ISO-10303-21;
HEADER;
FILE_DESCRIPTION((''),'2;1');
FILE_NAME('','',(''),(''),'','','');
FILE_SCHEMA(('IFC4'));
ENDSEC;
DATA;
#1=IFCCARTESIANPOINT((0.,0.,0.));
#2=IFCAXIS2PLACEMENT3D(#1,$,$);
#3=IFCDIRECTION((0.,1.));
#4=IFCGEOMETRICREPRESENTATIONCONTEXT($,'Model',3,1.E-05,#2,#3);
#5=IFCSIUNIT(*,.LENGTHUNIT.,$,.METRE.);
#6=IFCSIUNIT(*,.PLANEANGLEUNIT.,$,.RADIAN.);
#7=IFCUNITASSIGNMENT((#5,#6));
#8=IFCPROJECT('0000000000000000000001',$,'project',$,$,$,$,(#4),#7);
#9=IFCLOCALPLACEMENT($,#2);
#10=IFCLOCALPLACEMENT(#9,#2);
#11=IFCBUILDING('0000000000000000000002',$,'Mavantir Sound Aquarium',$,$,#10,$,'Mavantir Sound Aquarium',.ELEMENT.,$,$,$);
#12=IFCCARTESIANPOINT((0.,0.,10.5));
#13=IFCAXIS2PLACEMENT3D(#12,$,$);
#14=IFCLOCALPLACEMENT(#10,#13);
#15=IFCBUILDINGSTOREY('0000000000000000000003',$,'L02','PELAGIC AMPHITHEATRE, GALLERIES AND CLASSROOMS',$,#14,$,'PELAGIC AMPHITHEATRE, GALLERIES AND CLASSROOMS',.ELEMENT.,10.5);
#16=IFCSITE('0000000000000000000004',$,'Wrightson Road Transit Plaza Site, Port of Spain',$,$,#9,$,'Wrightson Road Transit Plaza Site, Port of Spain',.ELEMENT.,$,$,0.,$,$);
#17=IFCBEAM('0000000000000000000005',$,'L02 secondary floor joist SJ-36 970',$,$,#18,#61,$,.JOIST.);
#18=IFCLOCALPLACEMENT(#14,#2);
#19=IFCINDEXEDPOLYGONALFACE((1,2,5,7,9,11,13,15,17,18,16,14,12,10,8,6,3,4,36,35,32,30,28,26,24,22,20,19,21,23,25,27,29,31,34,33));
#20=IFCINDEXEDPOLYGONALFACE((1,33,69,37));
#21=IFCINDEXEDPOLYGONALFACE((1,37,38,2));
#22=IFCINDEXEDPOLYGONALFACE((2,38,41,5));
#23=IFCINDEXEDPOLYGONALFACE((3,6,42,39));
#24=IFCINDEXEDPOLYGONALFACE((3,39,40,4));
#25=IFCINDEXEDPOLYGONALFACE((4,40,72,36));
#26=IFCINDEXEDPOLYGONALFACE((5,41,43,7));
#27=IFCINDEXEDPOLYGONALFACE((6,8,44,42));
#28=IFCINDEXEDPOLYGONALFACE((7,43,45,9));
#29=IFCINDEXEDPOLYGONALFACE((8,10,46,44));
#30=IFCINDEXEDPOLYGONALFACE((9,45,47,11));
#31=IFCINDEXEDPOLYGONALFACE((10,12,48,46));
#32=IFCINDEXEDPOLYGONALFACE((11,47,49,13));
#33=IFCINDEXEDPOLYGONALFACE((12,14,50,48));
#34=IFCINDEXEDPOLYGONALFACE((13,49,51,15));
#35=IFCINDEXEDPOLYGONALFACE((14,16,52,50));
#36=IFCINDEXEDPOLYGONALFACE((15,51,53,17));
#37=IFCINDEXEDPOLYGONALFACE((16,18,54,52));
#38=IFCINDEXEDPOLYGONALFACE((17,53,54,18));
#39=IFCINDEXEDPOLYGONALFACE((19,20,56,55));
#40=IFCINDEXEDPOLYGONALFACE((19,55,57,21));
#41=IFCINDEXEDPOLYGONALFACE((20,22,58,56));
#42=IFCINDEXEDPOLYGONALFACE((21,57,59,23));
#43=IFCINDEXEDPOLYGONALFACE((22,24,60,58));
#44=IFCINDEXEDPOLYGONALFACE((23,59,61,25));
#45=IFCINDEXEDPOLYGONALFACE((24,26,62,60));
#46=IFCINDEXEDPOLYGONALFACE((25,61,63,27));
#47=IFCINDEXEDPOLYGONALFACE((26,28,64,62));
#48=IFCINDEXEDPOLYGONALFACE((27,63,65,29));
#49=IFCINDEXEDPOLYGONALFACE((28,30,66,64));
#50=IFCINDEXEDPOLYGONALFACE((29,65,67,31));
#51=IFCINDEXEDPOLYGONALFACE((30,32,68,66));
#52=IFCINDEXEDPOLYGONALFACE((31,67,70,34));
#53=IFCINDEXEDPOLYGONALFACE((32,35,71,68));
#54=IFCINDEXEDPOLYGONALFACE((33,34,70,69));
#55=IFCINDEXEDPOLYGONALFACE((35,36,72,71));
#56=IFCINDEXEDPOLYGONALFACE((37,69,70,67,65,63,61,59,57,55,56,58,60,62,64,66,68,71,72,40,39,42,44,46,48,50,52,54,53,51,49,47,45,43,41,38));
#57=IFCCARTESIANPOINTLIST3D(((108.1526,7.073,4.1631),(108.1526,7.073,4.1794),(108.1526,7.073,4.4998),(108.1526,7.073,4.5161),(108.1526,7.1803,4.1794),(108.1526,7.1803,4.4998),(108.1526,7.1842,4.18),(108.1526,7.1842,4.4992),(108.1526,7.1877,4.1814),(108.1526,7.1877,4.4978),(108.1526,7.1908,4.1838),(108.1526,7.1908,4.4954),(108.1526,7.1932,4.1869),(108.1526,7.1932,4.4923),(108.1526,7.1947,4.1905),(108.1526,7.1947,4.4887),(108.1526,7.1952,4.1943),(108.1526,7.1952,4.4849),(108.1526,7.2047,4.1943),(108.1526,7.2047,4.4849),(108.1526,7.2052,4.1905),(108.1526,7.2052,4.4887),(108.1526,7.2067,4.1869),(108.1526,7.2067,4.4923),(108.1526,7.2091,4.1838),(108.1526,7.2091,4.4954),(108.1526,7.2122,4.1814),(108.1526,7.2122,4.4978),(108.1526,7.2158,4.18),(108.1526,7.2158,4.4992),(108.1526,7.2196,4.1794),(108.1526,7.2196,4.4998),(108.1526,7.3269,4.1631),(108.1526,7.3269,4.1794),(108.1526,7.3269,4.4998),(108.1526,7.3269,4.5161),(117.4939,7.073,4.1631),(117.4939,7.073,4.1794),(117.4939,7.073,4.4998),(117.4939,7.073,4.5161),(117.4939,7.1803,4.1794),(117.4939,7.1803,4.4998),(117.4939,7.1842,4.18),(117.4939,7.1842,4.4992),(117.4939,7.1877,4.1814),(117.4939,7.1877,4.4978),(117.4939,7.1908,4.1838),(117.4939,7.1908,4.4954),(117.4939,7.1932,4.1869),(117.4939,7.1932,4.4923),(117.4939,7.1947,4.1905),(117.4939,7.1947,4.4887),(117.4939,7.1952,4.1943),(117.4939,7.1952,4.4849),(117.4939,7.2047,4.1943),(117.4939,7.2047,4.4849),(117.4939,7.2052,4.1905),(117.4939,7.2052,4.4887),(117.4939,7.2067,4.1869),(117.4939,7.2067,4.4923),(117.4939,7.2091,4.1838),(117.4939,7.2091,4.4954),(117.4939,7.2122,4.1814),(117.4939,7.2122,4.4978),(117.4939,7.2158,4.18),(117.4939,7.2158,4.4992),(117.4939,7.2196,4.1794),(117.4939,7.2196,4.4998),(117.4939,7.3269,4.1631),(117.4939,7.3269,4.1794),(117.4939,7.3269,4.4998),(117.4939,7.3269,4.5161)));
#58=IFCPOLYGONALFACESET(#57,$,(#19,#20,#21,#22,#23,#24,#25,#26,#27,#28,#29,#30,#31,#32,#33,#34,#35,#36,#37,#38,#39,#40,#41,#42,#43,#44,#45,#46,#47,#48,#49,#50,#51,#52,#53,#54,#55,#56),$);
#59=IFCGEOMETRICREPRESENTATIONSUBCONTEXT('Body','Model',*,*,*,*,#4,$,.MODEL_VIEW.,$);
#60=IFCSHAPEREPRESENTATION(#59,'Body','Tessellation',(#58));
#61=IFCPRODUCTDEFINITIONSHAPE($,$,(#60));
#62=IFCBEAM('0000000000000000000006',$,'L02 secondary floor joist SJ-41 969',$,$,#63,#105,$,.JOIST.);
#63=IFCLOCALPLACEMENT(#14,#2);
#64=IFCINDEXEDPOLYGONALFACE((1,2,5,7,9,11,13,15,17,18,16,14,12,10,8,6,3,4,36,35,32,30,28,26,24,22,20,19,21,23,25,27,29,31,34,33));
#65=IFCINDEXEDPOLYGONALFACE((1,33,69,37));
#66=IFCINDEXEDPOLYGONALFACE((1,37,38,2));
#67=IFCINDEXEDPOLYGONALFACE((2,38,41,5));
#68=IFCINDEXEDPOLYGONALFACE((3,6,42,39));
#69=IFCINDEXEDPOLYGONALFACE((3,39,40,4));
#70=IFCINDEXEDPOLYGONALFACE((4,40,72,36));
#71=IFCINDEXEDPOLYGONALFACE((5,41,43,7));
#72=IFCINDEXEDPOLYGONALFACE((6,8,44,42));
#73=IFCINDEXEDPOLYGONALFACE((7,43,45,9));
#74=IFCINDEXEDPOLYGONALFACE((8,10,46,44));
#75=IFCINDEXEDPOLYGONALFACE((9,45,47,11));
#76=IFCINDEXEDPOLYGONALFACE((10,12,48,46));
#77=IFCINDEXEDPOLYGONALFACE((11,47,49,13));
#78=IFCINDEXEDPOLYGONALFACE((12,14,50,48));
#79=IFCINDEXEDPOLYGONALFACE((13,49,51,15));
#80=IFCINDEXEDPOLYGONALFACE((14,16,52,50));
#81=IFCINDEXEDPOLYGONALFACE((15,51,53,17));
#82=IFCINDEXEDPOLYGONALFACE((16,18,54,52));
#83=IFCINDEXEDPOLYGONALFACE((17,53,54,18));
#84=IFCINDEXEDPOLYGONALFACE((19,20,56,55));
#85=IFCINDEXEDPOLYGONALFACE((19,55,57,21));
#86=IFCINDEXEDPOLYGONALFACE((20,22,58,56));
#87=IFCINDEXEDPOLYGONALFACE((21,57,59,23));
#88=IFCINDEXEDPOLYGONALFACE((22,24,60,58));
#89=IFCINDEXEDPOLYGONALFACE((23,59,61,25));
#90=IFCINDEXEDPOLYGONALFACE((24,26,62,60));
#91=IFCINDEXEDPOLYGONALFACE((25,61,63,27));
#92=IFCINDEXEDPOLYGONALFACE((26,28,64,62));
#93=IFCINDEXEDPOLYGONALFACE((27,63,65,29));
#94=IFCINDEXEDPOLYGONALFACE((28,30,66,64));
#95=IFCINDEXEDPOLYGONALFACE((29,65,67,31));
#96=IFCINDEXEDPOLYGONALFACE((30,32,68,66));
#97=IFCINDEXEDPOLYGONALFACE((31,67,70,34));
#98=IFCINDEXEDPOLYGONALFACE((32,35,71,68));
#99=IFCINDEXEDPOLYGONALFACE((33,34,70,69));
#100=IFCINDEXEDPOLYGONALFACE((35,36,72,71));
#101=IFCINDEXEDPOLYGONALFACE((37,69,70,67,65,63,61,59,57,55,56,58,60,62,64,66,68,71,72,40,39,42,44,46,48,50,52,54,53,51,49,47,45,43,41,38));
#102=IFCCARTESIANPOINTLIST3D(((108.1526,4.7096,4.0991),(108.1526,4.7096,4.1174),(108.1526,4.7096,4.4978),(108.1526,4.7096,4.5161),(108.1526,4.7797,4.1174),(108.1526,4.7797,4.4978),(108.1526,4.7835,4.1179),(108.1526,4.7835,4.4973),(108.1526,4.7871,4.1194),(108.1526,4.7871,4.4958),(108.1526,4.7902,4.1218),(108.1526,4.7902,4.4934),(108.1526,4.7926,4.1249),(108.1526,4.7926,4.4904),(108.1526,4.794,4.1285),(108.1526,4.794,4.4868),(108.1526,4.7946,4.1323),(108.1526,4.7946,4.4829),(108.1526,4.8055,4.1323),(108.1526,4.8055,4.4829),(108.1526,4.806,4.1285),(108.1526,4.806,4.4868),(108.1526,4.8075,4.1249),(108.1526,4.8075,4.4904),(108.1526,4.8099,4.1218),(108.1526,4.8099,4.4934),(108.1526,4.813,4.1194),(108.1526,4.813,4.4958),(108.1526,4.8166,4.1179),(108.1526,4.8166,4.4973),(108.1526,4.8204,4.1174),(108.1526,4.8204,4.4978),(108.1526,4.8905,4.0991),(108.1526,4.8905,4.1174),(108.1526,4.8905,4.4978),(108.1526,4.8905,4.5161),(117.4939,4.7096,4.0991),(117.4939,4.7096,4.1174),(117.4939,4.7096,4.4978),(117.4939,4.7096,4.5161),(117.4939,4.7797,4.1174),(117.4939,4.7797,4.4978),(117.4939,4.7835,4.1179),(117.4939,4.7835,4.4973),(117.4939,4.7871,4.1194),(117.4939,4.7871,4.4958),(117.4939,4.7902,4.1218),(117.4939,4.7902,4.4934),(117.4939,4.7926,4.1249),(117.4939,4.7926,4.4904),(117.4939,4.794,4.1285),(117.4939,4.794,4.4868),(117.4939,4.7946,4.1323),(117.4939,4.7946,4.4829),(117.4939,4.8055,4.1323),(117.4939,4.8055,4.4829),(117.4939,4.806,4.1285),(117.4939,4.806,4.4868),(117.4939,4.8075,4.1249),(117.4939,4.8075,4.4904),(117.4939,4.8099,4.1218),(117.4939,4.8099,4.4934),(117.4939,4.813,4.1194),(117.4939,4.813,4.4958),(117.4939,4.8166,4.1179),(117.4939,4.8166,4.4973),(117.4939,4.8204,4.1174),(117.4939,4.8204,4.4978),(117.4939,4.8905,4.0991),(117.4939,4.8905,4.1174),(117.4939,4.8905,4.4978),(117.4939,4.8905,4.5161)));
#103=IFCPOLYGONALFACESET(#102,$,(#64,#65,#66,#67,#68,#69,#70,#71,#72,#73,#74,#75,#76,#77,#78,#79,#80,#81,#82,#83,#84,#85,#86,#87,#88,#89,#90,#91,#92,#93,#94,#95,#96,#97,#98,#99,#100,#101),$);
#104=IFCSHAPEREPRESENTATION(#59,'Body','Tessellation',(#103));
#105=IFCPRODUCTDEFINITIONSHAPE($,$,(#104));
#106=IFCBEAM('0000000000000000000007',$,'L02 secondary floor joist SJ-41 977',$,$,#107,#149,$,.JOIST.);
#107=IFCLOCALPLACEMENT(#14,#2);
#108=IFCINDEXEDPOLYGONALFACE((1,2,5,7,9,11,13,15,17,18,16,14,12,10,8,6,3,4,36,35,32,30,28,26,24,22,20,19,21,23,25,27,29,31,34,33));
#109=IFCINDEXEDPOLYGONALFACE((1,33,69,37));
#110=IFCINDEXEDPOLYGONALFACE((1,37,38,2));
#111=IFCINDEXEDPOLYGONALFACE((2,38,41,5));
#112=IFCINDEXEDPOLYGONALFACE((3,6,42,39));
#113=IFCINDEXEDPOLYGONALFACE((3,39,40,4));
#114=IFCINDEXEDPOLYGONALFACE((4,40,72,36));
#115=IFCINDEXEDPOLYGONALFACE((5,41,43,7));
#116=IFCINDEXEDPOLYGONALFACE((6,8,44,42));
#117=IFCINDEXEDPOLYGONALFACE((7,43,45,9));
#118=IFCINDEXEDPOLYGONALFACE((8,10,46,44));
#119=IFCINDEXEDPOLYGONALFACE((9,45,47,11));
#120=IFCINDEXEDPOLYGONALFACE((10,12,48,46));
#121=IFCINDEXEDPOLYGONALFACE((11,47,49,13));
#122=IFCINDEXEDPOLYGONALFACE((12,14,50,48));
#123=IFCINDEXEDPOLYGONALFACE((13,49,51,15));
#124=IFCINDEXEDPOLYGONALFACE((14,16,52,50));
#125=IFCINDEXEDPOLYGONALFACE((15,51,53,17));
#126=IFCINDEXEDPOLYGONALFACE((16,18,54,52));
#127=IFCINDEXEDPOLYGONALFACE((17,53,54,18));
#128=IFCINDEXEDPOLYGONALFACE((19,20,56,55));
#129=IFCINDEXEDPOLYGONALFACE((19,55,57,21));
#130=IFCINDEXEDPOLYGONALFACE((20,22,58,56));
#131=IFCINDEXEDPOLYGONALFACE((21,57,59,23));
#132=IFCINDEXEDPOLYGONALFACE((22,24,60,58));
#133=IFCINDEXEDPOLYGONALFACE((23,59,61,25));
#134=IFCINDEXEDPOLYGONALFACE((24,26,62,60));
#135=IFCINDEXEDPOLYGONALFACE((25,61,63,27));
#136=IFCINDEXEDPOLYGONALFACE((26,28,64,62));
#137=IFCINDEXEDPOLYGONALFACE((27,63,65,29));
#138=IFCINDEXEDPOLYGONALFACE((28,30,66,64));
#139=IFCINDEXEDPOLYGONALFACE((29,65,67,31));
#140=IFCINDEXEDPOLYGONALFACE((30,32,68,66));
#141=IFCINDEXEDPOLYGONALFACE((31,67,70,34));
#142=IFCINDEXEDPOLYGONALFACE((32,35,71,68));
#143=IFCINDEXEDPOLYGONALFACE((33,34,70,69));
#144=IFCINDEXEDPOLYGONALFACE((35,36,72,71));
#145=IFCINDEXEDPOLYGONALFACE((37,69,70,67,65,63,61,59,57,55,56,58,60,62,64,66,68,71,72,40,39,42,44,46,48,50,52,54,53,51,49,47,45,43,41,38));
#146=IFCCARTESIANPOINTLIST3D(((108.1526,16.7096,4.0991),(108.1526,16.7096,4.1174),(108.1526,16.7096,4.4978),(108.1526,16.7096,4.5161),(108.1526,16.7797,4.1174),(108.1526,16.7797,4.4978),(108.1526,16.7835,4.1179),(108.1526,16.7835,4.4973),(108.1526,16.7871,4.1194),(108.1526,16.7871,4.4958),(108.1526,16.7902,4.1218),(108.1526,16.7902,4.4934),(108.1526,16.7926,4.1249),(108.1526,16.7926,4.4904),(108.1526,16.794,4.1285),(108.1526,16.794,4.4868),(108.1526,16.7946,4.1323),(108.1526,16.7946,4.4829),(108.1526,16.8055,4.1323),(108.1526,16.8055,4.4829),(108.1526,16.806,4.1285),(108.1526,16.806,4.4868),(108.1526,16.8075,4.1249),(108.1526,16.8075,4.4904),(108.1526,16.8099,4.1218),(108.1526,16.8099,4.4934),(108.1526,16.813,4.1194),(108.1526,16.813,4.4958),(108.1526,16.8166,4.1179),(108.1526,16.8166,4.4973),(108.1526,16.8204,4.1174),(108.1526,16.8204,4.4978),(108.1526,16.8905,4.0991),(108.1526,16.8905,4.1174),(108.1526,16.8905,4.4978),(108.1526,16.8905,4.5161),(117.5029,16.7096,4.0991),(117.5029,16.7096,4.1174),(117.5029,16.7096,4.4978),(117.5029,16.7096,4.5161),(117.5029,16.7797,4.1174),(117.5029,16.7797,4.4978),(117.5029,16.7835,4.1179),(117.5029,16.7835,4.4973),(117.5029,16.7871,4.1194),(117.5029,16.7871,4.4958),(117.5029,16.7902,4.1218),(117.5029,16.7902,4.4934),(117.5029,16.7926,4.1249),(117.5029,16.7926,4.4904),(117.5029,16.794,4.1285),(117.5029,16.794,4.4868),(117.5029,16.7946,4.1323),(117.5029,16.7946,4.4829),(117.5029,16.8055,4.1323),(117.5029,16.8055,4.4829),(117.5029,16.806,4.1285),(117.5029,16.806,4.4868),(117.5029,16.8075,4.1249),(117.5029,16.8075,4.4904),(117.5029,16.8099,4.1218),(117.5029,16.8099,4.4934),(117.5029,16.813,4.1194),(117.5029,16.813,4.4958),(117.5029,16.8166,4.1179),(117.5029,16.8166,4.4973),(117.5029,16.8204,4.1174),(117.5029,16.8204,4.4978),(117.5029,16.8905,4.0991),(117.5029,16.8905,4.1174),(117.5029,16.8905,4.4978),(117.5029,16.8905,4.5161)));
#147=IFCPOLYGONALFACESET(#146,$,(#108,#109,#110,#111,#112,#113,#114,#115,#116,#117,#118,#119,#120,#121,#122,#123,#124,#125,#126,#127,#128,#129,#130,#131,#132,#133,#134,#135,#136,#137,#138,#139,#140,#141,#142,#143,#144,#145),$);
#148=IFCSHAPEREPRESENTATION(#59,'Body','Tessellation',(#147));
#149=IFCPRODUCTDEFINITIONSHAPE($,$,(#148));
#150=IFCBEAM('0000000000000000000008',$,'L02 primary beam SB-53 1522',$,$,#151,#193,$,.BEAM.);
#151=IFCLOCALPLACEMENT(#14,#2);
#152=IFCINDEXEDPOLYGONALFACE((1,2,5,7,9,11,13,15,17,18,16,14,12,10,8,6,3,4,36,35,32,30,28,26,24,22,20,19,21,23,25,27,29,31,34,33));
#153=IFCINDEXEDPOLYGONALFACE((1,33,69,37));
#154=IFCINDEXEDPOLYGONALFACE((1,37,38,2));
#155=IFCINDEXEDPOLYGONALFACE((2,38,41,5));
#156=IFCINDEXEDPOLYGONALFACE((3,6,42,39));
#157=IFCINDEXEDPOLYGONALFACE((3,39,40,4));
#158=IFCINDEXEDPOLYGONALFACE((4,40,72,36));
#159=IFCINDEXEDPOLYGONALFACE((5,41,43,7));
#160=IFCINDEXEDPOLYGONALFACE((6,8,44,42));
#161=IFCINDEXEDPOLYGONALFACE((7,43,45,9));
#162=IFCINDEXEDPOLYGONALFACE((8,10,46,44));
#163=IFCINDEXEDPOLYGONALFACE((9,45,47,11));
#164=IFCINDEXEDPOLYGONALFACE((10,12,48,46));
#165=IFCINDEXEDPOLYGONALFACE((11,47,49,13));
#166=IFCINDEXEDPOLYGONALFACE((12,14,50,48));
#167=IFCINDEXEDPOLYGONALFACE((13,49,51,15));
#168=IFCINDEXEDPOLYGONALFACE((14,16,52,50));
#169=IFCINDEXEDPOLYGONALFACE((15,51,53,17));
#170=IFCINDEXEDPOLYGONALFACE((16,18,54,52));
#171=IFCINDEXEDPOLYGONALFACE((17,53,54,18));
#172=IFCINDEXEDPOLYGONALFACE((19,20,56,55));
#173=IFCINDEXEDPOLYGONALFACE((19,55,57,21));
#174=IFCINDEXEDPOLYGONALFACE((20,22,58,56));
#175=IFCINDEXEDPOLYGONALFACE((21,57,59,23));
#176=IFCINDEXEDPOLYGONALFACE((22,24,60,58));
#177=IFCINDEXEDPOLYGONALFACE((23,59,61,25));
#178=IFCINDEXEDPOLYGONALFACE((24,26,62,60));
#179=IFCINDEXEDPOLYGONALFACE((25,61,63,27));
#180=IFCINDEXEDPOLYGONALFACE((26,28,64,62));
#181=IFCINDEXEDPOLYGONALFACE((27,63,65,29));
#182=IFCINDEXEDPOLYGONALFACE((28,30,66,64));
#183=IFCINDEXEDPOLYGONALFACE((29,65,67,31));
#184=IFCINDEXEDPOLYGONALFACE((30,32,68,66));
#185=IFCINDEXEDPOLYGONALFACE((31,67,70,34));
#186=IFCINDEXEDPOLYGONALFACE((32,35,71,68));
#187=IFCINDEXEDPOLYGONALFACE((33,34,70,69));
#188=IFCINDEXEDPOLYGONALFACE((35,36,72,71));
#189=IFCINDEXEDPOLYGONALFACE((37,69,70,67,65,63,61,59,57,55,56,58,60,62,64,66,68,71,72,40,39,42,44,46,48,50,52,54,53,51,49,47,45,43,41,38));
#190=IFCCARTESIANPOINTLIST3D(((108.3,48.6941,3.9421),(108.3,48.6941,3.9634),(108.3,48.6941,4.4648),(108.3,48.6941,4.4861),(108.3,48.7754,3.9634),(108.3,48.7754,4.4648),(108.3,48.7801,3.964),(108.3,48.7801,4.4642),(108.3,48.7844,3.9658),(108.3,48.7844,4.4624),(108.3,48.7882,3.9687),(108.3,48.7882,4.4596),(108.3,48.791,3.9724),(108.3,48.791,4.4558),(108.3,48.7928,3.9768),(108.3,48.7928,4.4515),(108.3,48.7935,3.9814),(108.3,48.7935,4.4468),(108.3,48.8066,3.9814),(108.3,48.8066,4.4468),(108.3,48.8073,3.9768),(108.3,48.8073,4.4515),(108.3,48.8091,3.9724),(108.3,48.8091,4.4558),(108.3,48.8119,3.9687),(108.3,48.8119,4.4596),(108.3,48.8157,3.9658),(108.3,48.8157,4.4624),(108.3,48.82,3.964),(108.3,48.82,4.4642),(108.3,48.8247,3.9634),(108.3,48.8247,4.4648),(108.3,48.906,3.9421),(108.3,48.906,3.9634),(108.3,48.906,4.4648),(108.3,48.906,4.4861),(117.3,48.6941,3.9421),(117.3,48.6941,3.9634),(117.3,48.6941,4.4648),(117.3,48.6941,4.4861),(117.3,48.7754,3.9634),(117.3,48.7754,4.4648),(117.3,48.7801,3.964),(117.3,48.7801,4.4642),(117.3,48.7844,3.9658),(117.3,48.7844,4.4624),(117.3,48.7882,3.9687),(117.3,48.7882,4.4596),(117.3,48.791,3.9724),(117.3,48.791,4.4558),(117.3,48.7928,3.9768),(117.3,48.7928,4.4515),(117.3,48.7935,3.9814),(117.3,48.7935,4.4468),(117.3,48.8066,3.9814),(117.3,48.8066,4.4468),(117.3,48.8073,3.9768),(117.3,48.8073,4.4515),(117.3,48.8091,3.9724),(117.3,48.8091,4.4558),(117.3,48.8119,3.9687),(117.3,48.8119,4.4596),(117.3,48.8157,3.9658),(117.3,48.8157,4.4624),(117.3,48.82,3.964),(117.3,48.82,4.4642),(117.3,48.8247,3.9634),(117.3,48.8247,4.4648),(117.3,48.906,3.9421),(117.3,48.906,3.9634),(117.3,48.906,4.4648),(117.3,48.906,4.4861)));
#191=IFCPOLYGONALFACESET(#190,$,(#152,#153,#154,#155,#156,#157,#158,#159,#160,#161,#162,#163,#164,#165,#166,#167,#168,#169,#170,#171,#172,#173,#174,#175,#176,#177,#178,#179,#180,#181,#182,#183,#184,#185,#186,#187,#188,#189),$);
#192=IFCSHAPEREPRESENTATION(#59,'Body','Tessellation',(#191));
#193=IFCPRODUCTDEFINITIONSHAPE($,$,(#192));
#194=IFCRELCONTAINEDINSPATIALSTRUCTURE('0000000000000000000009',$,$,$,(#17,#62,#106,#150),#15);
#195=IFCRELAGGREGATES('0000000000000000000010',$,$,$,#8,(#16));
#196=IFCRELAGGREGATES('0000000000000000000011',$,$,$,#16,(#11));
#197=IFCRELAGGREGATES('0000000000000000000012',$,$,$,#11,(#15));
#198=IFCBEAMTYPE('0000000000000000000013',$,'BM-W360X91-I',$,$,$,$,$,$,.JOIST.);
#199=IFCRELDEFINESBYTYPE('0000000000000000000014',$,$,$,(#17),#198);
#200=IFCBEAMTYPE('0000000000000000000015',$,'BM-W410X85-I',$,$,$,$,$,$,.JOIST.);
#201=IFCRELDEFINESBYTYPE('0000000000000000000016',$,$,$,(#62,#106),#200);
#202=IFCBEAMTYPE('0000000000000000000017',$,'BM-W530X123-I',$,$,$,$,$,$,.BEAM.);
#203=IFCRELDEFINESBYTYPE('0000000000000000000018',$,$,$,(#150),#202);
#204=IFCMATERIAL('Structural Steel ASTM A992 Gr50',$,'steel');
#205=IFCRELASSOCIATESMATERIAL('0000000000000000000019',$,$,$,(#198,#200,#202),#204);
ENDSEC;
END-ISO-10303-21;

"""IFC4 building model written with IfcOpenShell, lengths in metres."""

from ifc_helpers import new_model, si_unit, direction, frame, origin, origin_2d, place, context, subcontext, project, spatial, i_section, extrude, material, material_profile, profile_set, type_object, element, save


model = new_model("IFC4")

# Units and contexts
model_context = context("Model", 3, precision=1e-05, world=origin(), true_north=direction((0.0, 1.0)))
body_context = subcontext(model_context, "Body", "Model", "MODEL_VIEW")
ifc_project = project(units=[si_unit("LENGTHUNIT", "METRE"), si_unit("PLANEANGLEUNIT", "RADIAN")], contexts=[model_context])

# Site, building, storey
site_placement = place(None, origin())
site = spatial("IfcSite", under=ifc_project, at=site_placement, Name="Wrightson Road Transit Plaza Site, Port of Spain", LongName="Wrightson Road Transit Plaza Site, Port of Spain", CompositionType="ELEMENT", RefElevation=0.0)
building_placement = place(site_placement, origin())
building = spatial("IfcBuilding", under=site, at=building_placement, Name="Mavantir Sound Aquarium", LongName="Mavantir Sound Aquarium", CompositionType="ELEMENT")
storey_placement = place(building_placement, frame((0.0, 0.0, 10.5)))
storey = spatial("IfcBuildingStorey", under=building, at=storey_placement, Name="L02", Description="PELAGIC AMPHITHEATRE, GALLERIES AND CLASSROOMS", LongName="PELAGIC AMPHITHEATRE, GALLERIES AND CLASSROOMS", CompositionType="ELEMENT", Elevation=10.5)

# Beams
ifc_material_1 = material(Name="Structural Steel ASTM A992 Gr50", Category="steel")
ifc_material_profile_1 = material_profile(ifc_material_1, i_section(OverallWidth=0.2539, OverallDepth=0.353, WebThickness=0.0095, FlangeThickness=0.0164, FilletRadius=0.0149, at=origin_2d()), Name="W360X91")
ifc_profile_set_1 = profile_set([ifc_material_profile_1], Name="Structural Steel ASTM A992 Gr50")
beam_type_1 = type_object("IfcBeamType", Name="BM-W360X91-I", PredefinedType="JOIST", material=ifc_profile_set_1)
beam_1_placement = place(storey_placement, frame((108.1526, 7.2, 4.3396), z_axis=(1.0, 0.0, 0.0), x_axis=(0.0, 1.0, 0.0)))
element("IfcBeam", 1, at=beam_1_placement, inside=storey, type_object=beam_type_1, Name="L02 secondary floor joist SJ-36 970", PredefinedType="JOIST", context=body_context, shape_type="SweptSolid", body=[
    extrude(i_section(OverallWidth=0.2539, OverallDepth=0.353, WebThickness=0.0095, FlangeThickness=0.0164, FilletRadius=0.0149, at=origin_2d()), origin(), (0.0, 0.0, 1.0), 9.3413),
])
ifc_material_profile_2 = material_profile(ifc_material_1, i_section(OverallWidth=0.1809, OverallDepth=0.417, WebThickness=0.011, FlangeThickness=0.0183, FilletRadius=0.0149, at=origin_2d()), Name="W410X85")
ifc_profile_set_2 = profile_set([ifc_material_profile_2], Name="Structural Steel ASTM A992 Gr50")
beam_type_2 = type_object("IfcBeamType", Name="BM-W410X85-I", PredefinedType="JOIST", material=ifc_profile_set_2)
beam_2_placement = place(storey_placement, frame((108.1526, 4.8, 4.3076), z_axis=(1.0, 0.0, 0.0), x_axis=(0.0, 1.0, 0.0)))
element("IfcBeam", 2, at=beam_2_placement, inside=storey, type_object=beam_type_2, Name="L02 secondary floor joist SJ-41 969", PredefinedType="JOIST", context=body_context, shape_type="SweptSolid", body=[
    extrude(i_section(OverallWidth=0.1809, OverallDepth=0.417, WebThickness=0.011, FlangeThickness=0.0183, FilletRadius=0.0149, at=origin_2d()), origin(), (0.0, 0.0, 1.0), 9.3413),
])
beam_3_placement = place(storey_placement, frame((108.1526, 16.8, 4.3076), z_axis=(1.0, 0.0, 0.0), x_axis=(0.0, 1.0, 0.0)))
element("IfcBeam", 3, at=beam_3_placement, inside=storey, type_object=beam_type_2, Name="L02 secondary floor joist SJ-41 977", PredefinedType="JOIST", context=body_context, shape_type="SweptSolid", body=[
    extrude(i_section(OverallWidth=0.1809, OverallDepth=0.417, WebThickness=0.011, FlangeThickness=0.0183, FilletRadius=0.0149, at=origin_2d()), origin(), (0.0, 0.0, 1.0), 9.3503),
])
ifc_material_profile_3 = material_profile(ifc_material_1, i_section(OverallWidth=0.2119, OverallDepth=0.5439, WebThickness=0.0132, FlangeThickness=0.0212, FilletRadius=0.0181, at=origin_2d()), Name="W530X123")
ifc_profile_set_3 = profile_set([ifc_material_profile_3], Name="Structural Steel ASTM A992 Gr50")
beam_type_3 = type_object("IfcBeamType", Name="BM-W530X123-I", PredefinedType="BEAM", material=ifc_profile_set_3)
beam_4_placement = place(storey_placement, frame((108.3, 48.8, 4.2141), z_axis=(1.0, 0.0, 0.0), x_axis=(0.0, 1.0, 0.0)))
element("IfcBeam", 4, at=beam_4_placement, inside=storey, type_object=beam_type_3, Name="L02 primary beam SB-53 1522", PredefinedType="BEAM", context=body_context, shape_type="SweptSolid", body=[
    extrude(i_section(OverallWidth=0.2119, OverallDepth=0.5439, WebThickness=0.0132, FlangeThickness=0.0212, FilletRadius=0.0181, at=origin_2d()), origin(), (0.0, 0.0, 1.0), 9.0),
])

save(model, "model.ifc")
